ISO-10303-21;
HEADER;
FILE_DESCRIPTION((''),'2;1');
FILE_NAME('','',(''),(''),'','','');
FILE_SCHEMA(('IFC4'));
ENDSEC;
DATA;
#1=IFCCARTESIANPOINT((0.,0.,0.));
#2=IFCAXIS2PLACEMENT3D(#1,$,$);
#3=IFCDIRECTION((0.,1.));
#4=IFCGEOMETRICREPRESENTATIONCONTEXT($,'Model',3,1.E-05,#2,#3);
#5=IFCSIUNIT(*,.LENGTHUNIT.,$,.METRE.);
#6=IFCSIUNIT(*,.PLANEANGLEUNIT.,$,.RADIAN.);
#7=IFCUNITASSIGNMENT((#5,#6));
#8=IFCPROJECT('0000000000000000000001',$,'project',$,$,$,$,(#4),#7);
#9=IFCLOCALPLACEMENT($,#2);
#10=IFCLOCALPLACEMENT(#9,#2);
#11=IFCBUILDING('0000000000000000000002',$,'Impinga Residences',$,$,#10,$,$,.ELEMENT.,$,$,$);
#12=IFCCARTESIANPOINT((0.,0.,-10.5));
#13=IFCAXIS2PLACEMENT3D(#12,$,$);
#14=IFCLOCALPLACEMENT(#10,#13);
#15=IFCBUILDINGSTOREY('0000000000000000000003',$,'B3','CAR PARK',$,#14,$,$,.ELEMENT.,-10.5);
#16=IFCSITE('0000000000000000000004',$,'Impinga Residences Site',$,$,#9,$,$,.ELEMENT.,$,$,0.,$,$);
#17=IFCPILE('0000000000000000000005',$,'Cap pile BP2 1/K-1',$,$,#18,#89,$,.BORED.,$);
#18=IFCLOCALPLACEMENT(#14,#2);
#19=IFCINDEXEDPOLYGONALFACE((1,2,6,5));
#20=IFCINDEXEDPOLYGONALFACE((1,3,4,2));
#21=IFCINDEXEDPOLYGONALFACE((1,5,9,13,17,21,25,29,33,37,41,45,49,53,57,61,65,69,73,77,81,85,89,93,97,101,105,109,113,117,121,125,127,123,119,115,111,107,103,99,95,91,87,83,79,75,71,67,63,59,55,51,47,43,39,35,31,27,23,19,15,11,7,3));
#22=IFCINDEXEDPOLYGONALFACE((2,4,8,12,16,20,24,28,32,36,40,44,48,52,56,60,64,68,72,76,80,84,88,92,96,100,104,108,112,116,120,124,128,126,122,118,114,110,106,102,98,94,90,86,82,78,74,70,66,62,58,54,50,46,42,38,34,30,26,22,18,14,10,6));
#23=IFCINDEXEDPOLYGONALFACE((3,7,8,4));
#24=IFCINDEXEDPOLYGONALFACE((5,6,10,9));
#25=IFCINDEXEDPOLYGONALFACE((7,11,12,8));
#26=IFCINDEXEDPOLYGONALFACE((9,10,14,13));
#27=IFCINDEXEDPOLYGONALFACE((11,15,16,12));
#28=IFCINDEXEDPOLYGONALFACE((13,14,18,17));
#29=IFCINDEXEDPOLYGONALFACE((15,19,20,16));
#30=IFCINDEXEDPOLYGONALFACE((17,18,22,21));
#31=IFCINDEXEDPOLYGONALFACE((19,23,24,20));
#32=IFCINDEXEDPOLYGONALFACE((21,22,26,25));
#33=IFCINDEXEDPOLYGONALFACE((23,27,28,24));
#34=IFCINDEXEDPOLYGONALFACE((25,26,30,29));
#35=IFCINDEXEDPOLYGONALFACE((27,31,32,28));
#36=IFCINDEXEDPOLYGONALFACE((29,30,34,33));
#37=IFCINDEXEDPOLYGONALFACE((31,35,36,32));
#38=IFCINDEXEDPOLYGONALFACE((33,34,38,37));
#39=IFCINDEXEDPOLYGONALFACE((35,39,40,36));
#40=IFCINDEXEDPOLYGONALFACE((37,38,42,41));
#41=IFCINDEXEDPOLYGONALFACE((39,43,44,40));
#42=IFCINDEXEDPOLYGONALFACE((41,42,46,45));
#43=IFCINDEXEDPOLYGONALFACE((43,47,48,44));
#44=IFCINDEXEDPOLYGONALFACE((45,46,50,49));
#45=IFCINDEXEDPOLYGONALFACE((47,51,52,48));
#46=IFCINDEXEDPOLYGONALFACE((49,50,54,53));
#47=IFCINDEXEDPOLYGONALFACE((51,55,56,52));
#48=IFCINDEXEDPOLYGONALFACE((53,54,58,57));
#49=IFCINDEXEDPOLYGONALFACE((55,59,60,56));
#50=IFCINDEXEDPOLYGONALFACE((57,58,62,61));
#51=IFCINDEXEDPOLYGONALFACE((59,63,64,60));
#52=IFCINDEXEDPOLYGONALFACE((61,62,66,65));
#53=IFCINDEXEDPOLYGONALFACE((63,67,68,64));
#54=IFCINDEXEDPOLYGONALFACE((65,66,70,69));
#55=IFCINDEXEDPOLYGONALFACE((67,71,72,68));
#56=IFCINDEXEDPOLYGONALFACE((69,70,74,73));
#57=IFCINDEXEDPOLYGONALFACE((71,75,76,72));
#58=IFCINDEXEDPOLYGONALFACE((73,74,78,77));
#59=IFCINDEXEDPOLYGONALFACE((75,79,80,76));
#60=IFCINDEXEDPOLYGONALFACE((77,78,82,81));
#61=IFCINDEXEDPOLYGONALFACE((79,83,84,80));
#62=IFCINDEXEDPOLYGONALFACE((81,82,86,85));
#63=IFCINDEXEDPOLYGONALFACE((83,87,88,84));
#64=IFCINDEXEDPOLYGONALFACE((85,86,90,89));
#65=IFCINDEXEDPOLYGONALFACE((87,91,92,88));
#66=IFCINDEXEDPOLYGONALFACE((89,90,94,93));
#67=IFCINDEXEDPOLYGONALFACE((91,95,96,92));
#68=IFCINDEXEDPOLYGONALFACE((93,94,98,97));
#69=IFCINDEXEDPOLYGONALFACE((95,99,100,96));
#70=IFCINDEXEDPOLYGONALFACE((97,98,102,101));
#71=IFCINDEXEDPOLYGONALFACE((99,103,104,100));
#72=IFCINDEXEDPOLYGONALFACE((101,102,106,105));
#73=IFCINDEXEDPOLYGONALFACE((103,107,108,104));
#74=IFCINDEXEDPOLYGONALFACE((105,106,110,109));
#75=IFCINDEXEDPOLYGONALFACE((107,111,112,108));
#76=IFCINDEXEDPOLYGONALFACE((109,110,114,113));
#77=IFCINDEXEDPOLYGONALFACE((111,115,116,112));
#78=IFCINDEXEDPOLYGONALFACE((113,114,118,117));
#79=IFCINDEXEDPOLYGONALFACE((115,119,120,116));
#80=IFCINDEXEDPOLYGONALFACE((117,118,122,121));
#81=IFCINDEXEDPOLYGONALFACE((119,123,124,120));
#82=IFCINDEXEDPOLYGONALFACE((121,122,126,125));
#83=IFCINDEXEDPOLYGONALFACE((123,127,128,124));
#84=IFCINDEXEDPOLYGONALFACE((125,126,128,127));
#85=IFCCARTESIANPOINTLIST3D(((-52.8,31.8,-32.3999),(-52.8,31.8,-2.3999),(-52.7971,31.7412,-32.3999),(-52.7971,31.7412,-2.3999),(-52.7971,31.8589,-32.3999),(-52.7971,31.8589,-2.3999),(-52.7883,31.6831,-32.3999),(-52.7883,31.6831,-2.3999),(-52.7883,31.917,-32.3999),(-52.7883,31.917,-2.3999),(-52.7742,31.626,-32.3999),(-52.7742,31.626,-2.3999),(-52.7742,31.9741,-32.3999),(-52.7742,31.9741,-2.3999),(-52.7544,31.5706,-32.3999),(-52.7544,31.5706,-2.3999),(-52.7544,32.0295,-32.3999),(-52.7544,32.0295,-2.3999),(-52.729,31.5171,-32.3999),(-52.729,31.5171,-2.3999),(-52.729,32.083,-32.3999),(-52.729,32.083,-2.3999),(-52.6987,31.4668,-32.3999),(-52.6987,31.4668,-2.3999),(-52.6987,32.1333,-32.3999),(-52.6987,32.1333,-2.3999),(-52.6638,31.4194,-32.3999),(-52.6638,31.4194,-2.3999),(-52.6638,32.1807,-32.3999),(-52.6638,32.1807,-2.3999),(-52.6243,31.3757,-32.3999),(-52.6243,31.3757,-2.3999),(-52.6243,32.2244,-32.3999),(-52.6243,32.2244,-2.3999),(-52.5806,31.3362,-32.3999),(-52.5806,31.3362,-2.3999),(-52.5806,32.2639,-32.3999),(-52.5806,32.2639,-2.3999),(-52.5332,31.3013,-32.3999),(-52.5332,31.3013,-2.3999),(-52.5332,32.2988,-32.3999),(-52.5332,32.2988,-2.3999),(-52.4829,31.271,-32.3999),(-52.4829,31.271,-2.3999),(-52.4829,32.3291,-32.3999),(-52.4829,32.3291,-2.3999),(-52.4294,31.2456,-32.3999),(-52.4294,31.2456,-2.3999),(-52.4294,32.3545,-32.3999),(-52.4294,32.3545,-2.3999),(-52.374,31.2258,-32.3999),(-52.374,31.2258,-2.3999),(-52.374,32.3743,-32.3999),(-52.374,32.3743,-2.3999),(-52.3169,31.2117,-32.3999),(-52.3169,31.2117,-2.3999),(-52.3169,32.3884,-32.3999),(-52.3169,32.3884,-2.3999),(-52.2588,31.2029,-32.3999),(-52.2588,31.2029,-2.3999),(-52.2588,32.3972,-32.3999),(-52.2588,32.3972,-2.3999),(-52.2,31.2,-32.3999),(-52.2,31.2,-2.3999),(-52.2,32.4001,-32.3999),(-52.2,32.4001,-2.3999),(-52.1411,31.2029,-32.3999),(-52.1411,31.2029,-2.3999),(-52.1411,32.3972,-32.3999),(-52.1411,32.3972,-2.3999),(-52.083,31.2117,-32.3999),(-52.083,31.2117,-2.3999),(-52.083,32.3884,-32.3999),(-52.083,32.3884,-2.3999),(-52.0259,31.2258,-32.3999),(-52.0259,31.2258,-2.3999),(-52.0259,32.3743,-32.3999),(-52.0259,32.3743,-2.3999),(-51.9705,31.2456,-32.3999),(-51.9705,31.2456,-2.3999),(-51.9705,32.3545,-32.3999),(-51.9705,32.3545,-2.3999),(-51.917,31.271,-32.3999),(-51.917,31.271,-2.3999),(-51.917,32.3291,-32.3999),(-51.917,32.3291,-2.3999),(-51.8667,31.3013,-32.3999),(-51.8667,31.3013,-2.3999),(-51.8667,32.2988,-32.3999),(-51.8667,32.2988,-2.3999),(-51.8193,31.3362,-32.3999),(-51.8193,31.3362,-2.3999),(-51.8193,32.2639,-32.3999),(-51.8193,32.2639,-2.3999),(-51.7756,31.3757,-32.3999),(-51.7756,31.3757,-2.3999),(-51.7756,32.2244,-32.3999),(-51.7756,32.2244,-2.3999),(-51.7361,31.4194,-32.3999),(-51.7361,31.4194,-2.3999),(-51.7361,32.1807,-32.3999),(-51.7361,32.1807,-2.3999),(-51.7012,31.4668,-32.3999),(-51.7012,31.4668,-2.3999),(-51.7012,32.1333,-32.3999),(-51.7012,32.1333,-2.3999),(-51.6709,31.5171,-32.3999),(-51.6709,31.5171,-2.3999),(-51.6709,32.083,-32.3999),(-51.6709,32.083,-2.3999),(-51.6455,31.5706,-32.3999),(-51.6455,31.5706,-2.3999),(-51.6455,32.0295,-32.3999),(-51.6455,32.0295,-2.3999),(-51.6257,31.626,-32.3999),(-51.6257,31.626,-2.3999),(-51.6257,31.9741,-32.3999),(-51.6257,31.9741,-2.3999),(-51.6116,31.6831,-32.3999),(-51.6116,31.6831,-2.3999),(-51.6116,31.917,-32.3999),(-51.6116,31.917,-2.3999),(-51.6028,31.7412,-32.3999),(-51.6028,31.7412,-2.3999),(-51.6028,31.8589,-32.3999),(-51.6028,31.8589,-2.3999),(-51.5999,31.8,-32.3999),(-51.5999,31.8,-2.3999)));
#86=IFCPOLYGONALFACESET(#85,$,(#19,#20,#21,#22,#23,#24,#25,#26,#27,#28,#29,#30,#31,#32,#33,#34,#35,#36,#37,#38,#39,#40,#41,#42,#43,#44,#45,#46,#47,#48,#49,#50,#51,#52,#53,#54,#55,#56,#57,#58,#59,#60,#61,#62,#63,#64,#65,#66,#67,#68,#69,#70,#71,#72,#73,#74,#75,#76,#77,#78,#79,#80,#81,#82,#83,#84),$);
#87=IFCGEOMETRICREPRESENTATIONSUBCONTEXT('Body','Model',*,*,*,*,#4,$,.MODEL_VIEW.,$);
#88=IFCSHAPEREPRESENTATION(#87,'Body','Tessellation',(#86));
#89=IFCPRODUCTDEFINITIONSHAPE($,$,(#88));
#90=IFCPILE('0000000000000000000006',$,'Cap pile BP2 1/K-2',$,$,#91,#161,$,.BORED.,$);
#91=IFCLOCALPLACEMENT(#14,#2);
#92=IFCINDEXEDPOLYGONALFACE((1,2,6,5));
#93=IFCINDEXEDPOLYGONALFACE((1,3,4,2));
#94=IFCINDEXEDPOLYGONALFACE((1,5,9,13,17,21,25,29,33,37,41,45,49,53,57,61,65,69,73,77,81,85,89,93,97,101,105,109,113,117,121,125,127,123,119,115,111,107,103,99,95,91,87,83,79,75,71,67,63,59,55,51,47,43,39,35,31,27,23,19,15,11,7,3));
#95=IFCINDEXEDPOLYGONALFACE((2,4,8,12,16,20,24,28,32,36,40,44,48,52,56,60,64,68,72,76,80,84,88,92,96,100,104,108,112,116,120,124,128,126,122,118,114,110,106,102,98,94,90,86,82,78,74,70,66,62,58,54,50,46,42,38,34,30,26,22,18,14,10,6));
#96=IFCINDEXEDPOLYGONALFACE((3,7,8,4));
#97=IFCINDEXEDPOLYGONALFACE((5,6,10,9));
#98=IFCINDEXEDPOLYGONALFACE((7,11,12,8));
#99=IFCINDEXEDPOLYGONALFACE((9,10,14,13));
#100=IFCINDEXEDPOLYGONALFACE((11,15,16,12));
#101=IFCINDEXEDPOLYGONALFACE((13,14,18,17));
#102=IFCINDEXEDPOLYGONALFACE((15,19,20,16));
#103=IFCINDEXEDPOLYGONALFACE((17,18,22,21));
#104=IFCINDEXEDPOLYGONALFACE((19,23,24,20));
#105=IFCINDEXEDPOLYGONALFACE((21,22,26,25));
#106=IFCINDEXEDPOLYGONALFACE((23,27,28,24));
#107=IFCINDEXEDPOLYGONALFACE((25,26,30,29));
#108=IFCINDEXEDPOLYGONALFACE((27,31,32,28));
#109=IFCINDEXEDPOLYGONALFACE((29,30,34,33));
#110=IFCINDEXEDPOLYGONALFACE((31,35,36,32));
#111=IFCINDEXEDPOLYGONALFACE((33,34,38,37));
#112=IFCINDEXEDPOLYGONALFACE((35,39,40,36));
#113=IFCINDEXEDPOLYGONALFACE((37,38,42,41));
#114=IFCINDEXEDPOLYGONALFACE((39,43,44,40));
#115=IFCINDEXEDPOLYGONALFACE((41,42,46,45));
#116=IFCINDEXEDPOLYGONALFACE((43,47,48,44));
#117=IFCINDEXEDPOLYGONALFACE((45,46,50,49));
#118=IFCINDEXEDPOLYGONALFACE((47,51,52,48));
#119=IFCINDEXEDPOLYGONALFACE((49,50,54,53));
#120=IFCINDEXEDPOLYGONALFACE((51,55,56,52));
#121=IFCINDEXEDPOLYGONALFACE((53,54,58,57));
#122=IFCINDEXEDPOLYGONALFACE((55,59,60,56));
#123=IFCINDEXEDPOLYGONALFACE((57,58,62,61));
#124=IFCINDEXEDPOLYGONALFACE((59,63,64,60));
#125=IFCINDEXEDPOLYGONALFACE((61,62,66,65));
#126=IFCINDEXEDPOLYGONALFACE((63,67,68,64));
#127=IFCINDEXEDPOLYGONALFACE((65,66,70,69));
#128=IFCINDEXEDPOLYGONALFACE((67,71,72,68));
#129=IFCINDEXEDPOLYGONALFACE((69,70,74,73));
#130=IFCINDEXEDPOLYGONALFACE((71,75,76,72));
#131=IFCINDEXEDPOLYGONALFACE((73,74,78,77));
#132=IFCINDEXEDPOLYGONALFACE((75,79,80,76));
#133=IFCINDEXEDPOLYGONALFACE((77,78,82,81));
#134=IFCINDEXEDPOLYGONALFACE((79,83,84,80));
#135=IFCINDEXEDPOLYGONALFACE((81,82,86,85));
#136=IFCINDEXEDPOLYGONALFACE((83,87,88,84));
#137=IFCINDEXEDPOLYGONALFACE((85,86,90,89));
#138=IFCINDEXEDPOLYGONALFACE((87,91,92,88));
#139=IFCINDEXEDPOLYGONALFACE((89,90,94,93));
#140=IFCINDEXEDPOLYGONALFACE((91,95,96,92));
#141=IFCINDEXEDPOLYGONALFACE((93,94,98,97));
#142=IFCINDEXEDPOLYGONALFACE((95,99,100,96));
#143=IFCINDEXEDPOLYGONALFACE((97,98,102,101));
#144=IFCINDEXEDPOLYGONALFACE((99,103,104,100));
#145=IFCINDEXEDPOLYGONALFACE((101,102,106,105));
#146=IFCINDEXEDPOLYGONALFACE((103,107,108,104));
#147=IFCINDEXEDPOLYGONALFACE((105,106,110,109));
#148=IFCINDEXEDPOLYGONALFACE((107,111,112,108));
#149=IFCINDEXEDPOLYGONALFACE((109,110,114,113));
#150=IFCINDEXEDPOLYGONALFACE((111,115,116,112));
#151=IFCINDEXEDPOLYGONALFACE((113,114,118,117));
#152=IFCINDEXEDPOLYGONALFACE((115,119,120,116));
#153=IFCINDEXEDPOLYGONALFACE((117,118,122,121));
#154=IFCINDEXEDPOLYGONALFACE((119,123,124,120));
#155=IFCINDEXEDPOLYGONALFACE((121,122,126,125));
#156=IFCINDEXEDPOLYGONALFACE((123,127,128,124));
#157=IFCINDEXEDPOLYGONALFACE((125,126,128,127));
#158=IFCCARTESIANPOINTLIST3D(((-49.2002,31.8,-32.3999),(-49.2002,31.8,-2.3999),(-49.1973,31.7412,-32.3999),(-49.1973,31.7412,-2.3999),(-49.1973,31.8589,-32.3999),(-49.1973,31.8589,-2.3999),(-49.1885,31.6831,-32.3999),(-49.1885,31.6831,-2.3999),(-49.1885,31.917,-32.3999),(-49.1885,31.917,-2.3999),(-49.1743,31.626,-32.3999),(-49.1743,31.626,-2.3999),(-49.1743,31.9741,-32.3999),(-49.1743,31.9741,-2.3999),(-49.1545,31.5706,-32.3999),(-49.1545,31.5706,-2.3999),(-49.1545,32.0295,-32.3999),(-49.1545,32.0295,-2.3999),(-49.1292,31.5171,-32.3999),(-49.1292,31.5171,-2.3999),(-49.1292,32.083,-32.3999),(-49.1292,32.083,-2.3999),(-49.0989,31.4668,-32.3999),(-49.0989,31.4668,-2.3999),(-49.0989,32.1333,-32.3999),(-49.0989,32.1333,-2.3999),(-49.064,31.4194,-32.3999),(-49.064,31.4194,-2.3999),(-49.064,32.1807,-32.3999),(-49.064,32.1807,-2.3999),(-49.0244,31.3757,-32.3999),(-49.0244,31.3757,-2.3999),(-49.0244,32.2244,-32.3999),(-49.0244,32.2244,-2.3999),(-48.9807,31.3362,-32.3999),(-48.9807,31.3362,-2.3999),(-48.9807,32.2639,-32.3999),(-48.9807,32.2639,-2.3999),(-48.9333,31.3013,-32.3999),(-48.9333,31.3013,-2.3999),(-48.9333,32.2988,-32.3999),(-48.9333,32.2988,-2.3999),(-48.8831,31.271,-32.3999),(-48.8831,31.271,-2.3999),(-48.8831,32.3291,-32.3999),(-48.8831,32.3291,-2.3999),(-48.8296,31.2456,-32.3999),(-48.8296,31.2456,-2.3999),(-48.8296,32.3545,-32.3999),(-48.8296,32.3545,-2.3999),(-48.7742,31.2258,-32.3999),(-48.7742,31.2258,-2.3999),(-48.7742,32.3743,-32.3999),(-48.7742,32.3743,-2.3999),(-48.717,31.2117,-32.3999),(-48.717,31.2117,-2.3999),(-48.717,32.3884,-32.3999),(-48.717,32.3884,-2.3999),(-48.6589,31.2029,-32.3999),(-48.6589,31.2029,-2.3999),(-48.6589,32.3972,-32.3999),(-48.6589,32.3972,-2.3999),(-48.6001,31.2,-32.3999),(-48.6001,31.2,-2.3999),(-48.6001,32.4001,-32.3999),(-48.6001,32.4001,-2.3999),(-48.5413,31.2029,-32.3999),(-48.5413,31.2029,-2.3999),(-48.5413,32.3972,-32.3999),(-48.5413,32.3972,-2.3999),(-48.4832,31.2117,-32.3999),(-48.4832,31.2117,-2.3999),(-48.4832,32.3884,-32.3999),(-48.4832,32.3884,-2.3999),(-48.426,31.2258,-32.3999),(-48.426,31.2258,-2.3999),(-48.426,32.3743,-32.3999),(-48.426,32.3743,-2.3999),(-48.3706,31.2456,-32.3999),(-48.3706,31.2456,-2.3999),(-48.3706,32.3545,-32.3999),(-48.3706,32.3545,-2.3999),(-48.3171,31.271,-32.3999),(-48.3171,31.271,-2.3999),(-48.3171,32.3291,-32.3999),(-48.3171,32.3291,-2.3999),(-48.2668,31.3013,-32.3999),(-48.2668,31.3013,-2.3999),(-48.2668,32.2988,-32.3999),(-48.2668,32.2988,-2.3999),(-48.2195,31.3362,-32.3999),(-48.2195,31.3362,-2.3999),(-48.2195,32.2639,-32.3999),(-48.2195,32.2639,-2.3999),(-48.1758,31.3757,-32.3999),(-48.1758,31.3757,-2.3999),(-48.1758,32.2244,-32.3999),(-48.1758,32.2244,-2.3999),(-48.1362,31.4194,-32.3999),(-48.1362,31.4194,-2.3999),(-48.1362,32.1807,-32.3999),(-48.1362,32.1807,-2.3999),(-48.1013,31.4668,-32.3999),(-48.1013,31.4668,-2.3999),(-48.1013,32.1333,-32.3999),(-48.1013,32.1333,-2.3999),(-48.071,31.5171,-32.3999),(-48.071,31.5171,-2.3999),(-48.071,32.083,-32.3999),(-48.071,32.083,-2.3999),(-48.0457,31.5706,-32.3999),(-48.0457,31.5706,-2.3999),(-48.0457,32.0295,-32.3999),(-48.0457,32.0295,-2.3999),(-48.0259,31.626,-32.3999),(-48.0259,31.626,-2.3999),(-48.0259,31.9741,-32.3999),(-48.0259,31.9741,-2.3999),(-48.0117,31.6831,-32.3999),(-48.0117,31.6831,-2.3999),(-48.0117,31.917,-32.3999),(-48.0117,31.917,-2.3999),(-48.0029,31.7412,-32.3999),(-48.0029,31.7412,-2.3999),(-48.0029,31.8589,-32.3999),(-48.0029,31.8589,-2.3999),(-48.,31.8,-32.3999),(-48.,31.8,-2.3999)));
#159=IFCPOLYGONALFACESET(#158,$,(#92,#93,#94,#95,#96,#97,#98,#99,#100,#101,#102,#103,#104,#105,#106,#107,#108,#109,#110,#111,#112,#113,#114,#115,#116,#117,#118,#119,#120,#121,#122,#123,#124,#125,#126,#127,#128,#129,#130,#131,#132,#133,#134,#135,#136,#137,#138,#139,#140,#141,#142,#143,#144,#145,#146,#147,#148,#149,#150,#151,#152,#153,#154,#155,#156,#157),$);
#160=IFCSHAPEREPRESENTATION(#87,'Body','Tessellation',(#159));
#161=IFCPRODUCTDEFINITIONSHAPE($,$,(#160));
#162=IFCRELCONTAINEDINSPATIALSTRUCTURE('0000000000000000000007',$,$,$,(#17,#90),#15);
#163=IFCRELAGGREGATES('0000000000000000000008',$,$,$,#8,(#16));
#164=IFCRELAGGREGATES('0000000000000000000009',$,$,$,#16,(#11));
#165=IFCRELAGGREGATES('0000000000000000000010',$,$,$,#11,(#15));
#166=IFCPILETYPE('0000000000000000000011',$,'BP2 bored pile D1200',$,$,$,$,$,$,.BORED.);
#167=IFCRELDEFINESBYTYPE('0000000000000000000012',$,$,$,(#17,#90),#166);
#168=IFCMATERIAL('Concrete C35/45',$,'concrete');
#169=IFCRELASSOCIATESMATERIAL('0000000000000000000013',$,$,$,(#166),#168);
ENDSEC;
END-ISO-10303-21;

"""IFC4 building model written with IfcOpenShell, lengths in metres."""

from ifc_helpers import new_model, si_unit, direction, frame, origin, origin_2d, place, context, subcontext, project, spatial, polyline, circle, outline, extrude, material, material_profile, profile_set, type_object, element, save


model = new_model("IFC4")

# Units and contexts
model_context = context("Model", 3, precision=1e-05, world=origin(), true_north=direction((0.0, 1.0)))
body_context = subcontext(model_context, "Body", "Model", "MODEL_VIEW")
ifc_project = project(units=[si_unit("LENGTHUNIT", "METRE"), si_unit("PLANEANGLEUNIT", "RADIAN")], contexts=[model_context])

# Site, building, storey
site_placement = place(None, origin())
site = spatial("IfcSite", under=ifc_project, at=site_placement, Name="Impinga Residences Site", CompositionType="ELEMENT", RefElevation=0.0)
building_placement = place(site_placement, origin())
building = spatial("IfcBuilding", under=site, at=building_placement, Name="Impinga Residences", CompositionType="ELEMENT")
storey_placement = place(building_placement, frame((0.0, 0.0, -10.5)))
storey = spatial("IfcBuildingStorey", under=building, at=storey_placement, Name="B3", Description="CAR PARK", CompositionType="ELEMENT", Elevation=-10.5)

# Piles
ifc_material_1 = material(Name="Concrete C35/45", Category="concrete")
ifc_material_profile_1 = material_profile(ifc_material_1, circle(Radius=0.6001, at=origin_2d()), Name="D1200")
ifc_profile_set_1 = profile_set([ifc_material_profile_1], Name="Concrete C35/45")
pile_type = type_object("IfcPileType", Name="BP2 bored pile D1200", PredefinedType="BORED", material=ifc_profile_set_1)
pile_1_placement = place(storey_placement, frame((-52.2, 31.8, -2.3999), z_axis=(0.0, 0.0, -1.0), x_axis=(1.0, 0.0, 0.0)))
element("IfcPile", 1, at=pile_1_placement, inside=storey, type_object=pile_type, Name="Cap pile BP2 1/K-1", PredefinedType="BORED", context=body_context, shape_type="SweptSolid", body=[
    extrude(outline(polyline([(0.6001, 0.0), (0.5972, 0.0588), (0.5884, 0.1169), (0.5742, 0.1741), (0.5544, 0.2295), (0.5291, 0.283), (0.4988, 0.3333), (0.4639, 0.3806), (0.4243, 0.4243), (0.3806, 0.4639), (0.3333, 0.4988), (0.283, 0.5291), (0.2295, 0.5544), (0.1741, 0.5742), (0.1169, 0.5884), (0.0588, 0.5972), (0.0, 0.6001), (-0.0588, 0.5972), (-0.1169, 0.5884), (-0.1741, 0.5742), (-0.2295, 0.5544), (-0.283, 0.5291), (-0.3333, 0.4988), (-0.3806, 0.4639), (-0.4243, 0.4243), (-0.4639, 0.3806), (-0.4988, 0.3333), (-0.5291, 0.283), (-0.5544, 0.2295), (-0.5742, 0.1741), (-0.5884, 0.1169), (-0.5972, 0.0588), (-0.6001, 0.0), (-0.5972, -0.0588), (-0.5884, -0.1169), (-0.5742, -0.1741), (-0.5544, -0.2295), (-0.5291, -0.283), (-0.4988, -0.3333), (-0.4639, -0.3806), (-0.4243, -0.4243), (-0.3806, -0.4639), (-0.3333, -0.4988), (-0.283, -0.5291), (-0.2295, -0.5544), (-0.1741, -0.5742), (-0.1169, -0.5884), (-0.0588, -0.5972), (0.0, -0.6001), (0.0588, -0.5972), (0.1169, -0.5884), (0.1741, -0.5742), (0.2295, -0.5544), (0.283, -0.5291), (0.3333, -0.4988), (0.3806, -0.4639), (0.4243, -0.4243), (0.4639, -0.3806), (0.4988, -0.3333), (0.5291, -0.283), (0.5544, -0.2295), (0.5742, -0.1741), (0.5884, -0.1169), (0.5972, -0.0588), (0.6001, 0.0)])), origin(), (0.0, 0.0, 1.0), 30.0),
])
pile_2_placement = place(storey_placement, frame((-48.6001, 31.8, -2.3999), z_axis=(0.0, 0.0, -1.0), x_axis=(1.0, 0.0, 0.0)))
element("IfcPile", 2, at=pile_2_placement, inside=storey, type_object=pile_type, Name="Cap pile BP2 1/K-2", PredefinedType="BORED", context=body_context, shape_type="SweptSolid", body=[
    extrude(outline(polyline([(0.6001, 0.0), (0.5972, 0.0588), (0.5884, 0.1169), (0.5742, 0.1741), (0.5544, 0.2295), (0.5291, 0.283), (0.4988, 0.3333), (0.4639, 0.3806), (0.4243, 0.4243), (0.3806, 0.4639), (0.3333, 0.4988), (0.283, 0.5291), (0.2295, 0.5544), (0.1741, 0.5742), (0.1169, 0.5884), (0.0588, 0.5972), (0.0, 0.6001), (-0.0588, 0.5972), (-0.1169, 0.5884), (-0.1741, 0.5742), (-0.2295, 0.5544), (-0.283, 0.5291), (-0.3333, 0.4988), (-0.3806, 0.4639), (-0.4243, 0.4243), (-0.4639, 0.3806), (-0.4988, 0.3333), (-0.5291, 0.283), (-0.5544, 0.2295), (-0.5742, 0.1741), (-0.5884, 0.1169), (-0.5972, 0.0588), (-0.6001, 0.0), (-0.5972, -0.0588), (-0.5884, -0.1169), (-0.5742, -0.1741), (-0.5544, -0.2295), (-0.5291, -0.283), (-0.4988, -0.3333), (-0.4639, -0.3806), (-0.4243, -0.4243), (-0.3806, -0.4639), (-0.3333, -0.4988), (-0.283, -0.5291), (-0.2295, -0.5544), (-0.1741, -0.5742), (-0.1169, -0.5884), (-0.0588, -0.5972), (0.0, -0.6001), (0.0588, -0.5972), (0.1169, -0.5884), (0.1741, -0.5742), (0.2295, -0.5544), (0.283, -0.5291), (0.3333, -0.4988), (0.3806, -0.4639), (0.4243, -0.4243), (0.4639, -0.3806), (0.4988, -0.3333), (0.5291, -0.283), (0.5544, -0.2295), (0.5742, -0.1741), (0.5884, -0.1169), (0.5972, -0.0588), (0.6001, 0.0)])), origin(), (0.0, 0.0, 1.0), 30.0),
])

save(model, "model.ifc")
